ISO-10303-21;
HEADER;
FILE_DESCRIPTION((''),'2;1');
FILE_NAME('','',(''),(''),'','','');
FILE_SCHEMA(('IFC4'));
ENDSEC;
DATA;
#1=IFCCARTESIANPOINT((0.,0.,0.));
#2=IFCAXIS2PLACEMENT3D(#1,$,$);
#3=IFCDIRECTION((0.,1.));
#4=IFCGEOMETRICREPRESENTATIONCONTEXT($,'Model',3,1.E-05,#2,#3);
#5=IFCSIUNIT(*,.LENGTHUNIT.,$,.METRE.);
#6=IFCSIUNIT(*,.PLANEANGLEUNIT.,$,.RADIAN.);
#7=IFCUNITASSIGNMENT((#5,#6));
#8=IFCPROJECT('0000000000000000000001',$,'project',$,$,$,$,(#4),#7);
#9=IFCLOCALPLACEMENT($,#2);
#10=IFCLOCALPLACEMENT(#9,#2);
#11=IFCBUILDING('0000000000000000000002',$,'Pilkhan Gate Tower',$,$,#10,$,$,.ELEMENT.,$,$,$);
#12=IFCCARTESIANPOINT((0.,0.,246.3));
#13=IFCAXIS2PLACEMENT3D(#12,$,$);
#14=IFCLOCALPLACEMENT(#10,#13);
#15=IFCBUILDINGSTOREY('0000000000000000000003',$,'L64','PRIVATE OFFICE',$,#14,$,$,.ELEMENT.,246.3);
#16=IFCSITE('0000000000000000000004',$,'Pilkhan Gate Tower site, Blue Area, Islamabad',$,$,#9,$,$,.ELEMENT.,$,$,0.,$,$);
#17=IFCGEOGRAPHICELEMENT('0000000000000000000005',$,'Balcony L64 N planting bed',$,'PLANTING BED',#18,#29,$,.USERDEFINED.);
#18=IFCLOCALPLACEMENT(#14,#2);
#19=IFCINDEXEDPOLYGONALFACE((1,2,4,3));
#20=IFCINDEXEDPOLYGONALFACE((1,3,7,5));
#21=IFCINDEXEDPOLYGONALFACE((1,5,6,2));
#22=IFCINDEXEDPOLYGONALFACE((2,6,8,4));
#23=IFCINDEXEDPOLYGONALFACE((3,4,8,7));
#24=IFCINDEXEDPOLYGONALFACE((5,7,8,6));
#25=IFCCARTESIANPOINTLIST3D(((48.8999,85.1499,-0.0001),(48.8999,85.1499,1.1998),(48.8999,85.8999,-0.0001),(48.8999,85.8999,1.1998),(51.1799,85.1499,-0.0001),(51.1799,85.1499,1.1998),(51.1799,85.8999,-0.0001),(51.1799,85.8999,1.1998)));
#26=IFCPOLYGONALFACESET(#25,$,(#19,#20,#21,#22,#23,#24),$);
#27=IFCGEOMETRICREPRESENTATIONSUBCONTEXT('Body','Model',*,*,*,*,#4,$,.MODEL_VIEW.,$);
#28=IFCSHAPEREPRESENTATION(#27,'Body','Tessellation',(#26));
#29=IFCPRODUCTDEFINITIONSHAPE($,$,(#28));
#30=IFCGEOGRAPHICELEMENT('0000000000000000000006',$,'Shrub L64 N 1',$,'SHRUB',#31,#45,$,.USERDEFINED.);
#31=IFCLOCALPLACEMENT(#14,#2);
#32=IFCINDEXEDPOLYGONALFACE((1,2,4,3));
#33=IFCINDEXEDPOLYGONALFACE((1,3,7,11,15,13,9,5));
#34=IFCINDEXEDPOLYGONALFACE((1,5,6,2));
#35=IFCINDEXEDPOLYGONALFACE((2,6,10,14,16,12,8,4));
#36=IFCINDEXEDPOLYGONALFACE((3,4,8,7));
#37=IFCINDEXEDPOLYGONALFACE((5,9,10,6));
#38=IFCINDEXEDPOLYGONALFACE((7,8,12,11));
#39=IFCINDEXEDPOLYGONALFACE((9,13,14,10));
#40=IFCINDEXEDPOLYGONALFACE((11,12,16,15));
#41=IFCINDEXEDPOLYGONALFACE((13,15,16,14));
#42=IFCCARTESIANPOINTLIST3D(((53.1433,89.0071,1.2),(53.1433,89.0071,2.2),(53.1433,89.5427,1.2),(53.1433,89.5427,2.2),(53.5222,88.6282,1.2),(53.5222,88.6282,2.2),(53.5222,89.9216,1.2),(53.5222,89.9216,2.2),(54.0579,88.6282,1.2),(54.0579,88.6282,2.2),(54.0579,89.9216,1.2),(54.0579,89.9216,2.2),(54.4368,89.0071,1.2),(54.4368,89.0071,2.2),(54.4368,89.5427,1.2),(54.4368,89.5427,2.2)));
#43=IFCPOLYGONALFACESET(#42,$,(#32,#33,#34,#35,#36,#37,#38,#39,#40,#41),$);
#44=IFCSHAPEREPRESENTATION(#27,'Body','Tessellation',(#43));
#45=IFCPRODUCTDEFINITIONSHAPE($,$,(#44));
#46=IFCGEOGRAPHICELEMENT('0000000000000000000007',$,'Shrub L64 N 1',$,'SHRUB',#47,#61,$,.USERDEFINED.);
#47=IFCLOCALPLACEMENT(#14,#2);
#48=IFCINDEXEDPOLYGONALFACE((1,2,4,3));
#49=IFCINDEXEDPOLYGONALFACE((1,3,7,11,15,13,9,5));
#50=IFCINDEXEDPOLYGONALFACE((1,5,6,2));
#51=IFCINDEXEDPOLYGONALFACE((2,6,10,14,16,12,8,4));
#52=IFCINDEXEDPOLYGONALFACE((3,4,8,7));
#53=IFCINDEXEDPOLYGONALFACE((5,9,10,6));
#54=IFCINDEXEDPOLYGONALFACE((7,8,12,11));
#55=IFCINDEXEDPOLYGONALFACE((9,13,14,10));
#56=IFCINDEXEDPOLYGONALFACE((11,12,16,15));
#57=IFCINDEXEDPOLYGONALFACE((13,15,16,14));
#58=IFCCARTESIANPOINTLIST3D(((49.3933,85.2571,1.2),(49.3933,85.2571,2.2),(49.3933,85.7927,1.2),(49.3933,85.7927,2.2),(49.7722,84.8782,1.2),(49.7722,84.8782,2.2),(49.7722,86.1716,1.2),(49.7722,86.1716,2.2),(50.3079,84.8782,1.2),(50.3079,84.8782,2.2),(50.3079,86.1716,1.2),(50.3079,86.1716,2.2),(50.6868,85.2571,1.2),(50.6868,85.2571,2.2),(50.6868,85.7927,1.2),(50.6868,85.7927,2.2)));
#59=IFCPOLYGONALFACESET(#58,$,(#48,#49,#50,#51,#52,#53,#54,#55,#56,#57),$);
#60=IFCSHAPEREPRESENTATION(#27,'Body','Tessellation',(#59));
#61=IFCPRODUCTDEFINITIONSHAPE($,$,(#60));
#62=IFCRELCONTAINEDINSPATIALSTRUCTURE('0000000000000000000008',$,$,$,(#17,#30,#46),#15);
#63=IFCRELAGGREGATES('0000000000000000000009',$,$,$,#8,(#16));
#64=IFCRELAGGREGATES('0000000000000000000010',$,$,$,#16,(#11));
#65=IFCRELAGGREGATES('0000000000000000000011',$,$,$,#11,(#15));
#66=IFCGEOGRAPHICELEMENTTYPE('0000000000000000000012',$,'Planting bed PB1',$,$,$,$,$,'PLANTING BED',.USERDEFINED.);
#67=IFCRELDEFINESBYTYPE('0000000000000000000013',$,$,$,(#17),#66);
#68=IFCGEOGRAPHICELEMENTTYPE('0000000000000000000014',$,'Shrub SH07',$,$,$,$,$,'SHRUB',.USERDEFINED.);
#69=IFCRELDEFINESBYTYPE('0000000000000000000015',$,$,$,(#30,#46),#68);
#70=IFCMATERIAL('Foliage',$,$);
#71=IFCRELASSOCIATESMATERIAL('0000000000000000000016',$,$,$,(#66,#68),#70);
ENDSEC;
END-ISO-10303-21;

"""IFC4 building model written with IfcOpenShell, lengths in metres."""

from ifc_helpers import new_model, si_unit, direction, frame, origin, origin_2d, place, context, subcontext, project, spatial, polyline, rectangle, outline, extrude, material, material_profile, profile_set, type_object, element, save


model = new_model("IFC4")

# Units and contexts
model_context = context("Model", 3, precision=1e-05, world=origin(), true_north=direction((0.0, 1.0)))
body_context = subcontext(model_context, "Body", "Model", "MODEL_VIEW")
ifc_project = project(units=[si_unit("LENGTHUNIT", "METRE"), si_unit("PLANEANGLEUNIT", "RADIAN")], contexts=[model_context])

# Site, building, storey
site_placement = place(None, origin())
site = spatial("IfcSite", under=ifc_project, at=site_placement, Name="Pilkhan Gate Tower site, Blue Area, Islamabad", CompositionType="ELEMENT", RefElevation=0.0)
building_placement = place(site_placement, origin())
building = spatial("IfcBuilding", under=site, at=building_placement, Name="Pilkhan Gate Tower", CompositionType="ELEMENT")
storey_placement = place(building_placement, frame((0.0, 0.0, 246.3)))
storey = spatial("IfcBuildingStorey", under=building, at=storey_placement, Name="L64", Description="PRIVATE OFFICE", CompositionType="ELEMENT", Elevation=246.3)

# Geographic elements
ifc_material_1 = material(Name="Foliage")
ifc_material_profile_1 = material_profile(ifc_material_1, rectangle(XDim=0.75, YDim=1.2, at=origin_2d()), Name="Bed 750x1200")
ifc_profile_set_1 = profile_set([ifc_material_profile_1], Name="Foliage")
geographic_element_type_1 = type_object("IfcGeographicElementType", Name="Planting bed PB1", ElementType="PLANTING BED", PredefinedType="USERDEFINED", material=ifc_profile_set_1)
for number, where, z_axis, x_axis, name in (
    (1, (48.8999, 85.5249, 0.5999), (1.0, 0.0, 0.0), (0.0, 1.0, 0.0), "Balcony L64 N planting bed"),
):
    element("IfcGeographicElement", number, at=place(storey_placement, frame(where, z_axis=z_axis, x_axis=x_axis)), inside=storey, type_object=geographic_element_type_1, Name=name, ObjectType="PLANTING BED", PredefinedType="USERDEFINED", context=body_context, shape_type="SweptSolid", body=[
        extrude(rectangle(XDim=0.75, YDim=1.2, at=origin_2d()), origin(), (0.0, 0.0, 1.0), 2.28),
    ])
ifc_material_profile_2 = material_profile(ifc_material_1, outline(polyline([(0.6467, 0.2678), (0.2678, 0.6467), (-0.2678, 0.6467), (-0.6467, 0.2678), (-0.6467, -0.2678), (-0.2678, -0.6467), (0.2678, -0.6467), (0.6467, -0.2678), (0.6467, 0.2678)])), Name="Shrub D1.4")
ifc_profile_set_2 = profile_set([ifc_material_profile_2], Name="Foliage")
geographic_element_type_2 = type_object("IfcGeographicElementType", Name="Shrub SH07", ElementType="SHRUB", PredefinedType="USERDEFINED", material=ifc_profile_set_2)
for number, where, z_axis, x_axis, name in (
    (2, (53.79, 89.2749, 1.2), (0.0, 0.0, 1.0), (1.0, 0.0, 0.0), "Shrub L64 N 1"),
    (3, (50.04, 85.5249, 1.2), (0.0, 0.0, 1.0), (1.0, 0.0, 0.0), "Shrub L64 N 1"),
):
    element("IfcGeographicElement", number, at=place(storey_placement, frame(where, z_axis=z_axis, x_axis=x_axis)), inside=storey, type_object=geographic_element_type_2, Name=name, ObjectType="SHRUB", PredefinedType="USERDEFINED", context=body_context, shape_type="SweptSolid", body=[
        extrude(outline(polyline([(0.6467, 0.2678), (0.2678, 0.6467), (-0.2678, 0.6467), (-0.6467, 0.2678), (-0.6467, -0.2678), (-0.2678, -0.6467), (0.2678, -0.6467), (0.6467, -0.2678), (0.6467, 0.2678)])), origin(), (0.0, 0.0, 1.0), 1.0),
    ])

save(model, "model.ifc")
